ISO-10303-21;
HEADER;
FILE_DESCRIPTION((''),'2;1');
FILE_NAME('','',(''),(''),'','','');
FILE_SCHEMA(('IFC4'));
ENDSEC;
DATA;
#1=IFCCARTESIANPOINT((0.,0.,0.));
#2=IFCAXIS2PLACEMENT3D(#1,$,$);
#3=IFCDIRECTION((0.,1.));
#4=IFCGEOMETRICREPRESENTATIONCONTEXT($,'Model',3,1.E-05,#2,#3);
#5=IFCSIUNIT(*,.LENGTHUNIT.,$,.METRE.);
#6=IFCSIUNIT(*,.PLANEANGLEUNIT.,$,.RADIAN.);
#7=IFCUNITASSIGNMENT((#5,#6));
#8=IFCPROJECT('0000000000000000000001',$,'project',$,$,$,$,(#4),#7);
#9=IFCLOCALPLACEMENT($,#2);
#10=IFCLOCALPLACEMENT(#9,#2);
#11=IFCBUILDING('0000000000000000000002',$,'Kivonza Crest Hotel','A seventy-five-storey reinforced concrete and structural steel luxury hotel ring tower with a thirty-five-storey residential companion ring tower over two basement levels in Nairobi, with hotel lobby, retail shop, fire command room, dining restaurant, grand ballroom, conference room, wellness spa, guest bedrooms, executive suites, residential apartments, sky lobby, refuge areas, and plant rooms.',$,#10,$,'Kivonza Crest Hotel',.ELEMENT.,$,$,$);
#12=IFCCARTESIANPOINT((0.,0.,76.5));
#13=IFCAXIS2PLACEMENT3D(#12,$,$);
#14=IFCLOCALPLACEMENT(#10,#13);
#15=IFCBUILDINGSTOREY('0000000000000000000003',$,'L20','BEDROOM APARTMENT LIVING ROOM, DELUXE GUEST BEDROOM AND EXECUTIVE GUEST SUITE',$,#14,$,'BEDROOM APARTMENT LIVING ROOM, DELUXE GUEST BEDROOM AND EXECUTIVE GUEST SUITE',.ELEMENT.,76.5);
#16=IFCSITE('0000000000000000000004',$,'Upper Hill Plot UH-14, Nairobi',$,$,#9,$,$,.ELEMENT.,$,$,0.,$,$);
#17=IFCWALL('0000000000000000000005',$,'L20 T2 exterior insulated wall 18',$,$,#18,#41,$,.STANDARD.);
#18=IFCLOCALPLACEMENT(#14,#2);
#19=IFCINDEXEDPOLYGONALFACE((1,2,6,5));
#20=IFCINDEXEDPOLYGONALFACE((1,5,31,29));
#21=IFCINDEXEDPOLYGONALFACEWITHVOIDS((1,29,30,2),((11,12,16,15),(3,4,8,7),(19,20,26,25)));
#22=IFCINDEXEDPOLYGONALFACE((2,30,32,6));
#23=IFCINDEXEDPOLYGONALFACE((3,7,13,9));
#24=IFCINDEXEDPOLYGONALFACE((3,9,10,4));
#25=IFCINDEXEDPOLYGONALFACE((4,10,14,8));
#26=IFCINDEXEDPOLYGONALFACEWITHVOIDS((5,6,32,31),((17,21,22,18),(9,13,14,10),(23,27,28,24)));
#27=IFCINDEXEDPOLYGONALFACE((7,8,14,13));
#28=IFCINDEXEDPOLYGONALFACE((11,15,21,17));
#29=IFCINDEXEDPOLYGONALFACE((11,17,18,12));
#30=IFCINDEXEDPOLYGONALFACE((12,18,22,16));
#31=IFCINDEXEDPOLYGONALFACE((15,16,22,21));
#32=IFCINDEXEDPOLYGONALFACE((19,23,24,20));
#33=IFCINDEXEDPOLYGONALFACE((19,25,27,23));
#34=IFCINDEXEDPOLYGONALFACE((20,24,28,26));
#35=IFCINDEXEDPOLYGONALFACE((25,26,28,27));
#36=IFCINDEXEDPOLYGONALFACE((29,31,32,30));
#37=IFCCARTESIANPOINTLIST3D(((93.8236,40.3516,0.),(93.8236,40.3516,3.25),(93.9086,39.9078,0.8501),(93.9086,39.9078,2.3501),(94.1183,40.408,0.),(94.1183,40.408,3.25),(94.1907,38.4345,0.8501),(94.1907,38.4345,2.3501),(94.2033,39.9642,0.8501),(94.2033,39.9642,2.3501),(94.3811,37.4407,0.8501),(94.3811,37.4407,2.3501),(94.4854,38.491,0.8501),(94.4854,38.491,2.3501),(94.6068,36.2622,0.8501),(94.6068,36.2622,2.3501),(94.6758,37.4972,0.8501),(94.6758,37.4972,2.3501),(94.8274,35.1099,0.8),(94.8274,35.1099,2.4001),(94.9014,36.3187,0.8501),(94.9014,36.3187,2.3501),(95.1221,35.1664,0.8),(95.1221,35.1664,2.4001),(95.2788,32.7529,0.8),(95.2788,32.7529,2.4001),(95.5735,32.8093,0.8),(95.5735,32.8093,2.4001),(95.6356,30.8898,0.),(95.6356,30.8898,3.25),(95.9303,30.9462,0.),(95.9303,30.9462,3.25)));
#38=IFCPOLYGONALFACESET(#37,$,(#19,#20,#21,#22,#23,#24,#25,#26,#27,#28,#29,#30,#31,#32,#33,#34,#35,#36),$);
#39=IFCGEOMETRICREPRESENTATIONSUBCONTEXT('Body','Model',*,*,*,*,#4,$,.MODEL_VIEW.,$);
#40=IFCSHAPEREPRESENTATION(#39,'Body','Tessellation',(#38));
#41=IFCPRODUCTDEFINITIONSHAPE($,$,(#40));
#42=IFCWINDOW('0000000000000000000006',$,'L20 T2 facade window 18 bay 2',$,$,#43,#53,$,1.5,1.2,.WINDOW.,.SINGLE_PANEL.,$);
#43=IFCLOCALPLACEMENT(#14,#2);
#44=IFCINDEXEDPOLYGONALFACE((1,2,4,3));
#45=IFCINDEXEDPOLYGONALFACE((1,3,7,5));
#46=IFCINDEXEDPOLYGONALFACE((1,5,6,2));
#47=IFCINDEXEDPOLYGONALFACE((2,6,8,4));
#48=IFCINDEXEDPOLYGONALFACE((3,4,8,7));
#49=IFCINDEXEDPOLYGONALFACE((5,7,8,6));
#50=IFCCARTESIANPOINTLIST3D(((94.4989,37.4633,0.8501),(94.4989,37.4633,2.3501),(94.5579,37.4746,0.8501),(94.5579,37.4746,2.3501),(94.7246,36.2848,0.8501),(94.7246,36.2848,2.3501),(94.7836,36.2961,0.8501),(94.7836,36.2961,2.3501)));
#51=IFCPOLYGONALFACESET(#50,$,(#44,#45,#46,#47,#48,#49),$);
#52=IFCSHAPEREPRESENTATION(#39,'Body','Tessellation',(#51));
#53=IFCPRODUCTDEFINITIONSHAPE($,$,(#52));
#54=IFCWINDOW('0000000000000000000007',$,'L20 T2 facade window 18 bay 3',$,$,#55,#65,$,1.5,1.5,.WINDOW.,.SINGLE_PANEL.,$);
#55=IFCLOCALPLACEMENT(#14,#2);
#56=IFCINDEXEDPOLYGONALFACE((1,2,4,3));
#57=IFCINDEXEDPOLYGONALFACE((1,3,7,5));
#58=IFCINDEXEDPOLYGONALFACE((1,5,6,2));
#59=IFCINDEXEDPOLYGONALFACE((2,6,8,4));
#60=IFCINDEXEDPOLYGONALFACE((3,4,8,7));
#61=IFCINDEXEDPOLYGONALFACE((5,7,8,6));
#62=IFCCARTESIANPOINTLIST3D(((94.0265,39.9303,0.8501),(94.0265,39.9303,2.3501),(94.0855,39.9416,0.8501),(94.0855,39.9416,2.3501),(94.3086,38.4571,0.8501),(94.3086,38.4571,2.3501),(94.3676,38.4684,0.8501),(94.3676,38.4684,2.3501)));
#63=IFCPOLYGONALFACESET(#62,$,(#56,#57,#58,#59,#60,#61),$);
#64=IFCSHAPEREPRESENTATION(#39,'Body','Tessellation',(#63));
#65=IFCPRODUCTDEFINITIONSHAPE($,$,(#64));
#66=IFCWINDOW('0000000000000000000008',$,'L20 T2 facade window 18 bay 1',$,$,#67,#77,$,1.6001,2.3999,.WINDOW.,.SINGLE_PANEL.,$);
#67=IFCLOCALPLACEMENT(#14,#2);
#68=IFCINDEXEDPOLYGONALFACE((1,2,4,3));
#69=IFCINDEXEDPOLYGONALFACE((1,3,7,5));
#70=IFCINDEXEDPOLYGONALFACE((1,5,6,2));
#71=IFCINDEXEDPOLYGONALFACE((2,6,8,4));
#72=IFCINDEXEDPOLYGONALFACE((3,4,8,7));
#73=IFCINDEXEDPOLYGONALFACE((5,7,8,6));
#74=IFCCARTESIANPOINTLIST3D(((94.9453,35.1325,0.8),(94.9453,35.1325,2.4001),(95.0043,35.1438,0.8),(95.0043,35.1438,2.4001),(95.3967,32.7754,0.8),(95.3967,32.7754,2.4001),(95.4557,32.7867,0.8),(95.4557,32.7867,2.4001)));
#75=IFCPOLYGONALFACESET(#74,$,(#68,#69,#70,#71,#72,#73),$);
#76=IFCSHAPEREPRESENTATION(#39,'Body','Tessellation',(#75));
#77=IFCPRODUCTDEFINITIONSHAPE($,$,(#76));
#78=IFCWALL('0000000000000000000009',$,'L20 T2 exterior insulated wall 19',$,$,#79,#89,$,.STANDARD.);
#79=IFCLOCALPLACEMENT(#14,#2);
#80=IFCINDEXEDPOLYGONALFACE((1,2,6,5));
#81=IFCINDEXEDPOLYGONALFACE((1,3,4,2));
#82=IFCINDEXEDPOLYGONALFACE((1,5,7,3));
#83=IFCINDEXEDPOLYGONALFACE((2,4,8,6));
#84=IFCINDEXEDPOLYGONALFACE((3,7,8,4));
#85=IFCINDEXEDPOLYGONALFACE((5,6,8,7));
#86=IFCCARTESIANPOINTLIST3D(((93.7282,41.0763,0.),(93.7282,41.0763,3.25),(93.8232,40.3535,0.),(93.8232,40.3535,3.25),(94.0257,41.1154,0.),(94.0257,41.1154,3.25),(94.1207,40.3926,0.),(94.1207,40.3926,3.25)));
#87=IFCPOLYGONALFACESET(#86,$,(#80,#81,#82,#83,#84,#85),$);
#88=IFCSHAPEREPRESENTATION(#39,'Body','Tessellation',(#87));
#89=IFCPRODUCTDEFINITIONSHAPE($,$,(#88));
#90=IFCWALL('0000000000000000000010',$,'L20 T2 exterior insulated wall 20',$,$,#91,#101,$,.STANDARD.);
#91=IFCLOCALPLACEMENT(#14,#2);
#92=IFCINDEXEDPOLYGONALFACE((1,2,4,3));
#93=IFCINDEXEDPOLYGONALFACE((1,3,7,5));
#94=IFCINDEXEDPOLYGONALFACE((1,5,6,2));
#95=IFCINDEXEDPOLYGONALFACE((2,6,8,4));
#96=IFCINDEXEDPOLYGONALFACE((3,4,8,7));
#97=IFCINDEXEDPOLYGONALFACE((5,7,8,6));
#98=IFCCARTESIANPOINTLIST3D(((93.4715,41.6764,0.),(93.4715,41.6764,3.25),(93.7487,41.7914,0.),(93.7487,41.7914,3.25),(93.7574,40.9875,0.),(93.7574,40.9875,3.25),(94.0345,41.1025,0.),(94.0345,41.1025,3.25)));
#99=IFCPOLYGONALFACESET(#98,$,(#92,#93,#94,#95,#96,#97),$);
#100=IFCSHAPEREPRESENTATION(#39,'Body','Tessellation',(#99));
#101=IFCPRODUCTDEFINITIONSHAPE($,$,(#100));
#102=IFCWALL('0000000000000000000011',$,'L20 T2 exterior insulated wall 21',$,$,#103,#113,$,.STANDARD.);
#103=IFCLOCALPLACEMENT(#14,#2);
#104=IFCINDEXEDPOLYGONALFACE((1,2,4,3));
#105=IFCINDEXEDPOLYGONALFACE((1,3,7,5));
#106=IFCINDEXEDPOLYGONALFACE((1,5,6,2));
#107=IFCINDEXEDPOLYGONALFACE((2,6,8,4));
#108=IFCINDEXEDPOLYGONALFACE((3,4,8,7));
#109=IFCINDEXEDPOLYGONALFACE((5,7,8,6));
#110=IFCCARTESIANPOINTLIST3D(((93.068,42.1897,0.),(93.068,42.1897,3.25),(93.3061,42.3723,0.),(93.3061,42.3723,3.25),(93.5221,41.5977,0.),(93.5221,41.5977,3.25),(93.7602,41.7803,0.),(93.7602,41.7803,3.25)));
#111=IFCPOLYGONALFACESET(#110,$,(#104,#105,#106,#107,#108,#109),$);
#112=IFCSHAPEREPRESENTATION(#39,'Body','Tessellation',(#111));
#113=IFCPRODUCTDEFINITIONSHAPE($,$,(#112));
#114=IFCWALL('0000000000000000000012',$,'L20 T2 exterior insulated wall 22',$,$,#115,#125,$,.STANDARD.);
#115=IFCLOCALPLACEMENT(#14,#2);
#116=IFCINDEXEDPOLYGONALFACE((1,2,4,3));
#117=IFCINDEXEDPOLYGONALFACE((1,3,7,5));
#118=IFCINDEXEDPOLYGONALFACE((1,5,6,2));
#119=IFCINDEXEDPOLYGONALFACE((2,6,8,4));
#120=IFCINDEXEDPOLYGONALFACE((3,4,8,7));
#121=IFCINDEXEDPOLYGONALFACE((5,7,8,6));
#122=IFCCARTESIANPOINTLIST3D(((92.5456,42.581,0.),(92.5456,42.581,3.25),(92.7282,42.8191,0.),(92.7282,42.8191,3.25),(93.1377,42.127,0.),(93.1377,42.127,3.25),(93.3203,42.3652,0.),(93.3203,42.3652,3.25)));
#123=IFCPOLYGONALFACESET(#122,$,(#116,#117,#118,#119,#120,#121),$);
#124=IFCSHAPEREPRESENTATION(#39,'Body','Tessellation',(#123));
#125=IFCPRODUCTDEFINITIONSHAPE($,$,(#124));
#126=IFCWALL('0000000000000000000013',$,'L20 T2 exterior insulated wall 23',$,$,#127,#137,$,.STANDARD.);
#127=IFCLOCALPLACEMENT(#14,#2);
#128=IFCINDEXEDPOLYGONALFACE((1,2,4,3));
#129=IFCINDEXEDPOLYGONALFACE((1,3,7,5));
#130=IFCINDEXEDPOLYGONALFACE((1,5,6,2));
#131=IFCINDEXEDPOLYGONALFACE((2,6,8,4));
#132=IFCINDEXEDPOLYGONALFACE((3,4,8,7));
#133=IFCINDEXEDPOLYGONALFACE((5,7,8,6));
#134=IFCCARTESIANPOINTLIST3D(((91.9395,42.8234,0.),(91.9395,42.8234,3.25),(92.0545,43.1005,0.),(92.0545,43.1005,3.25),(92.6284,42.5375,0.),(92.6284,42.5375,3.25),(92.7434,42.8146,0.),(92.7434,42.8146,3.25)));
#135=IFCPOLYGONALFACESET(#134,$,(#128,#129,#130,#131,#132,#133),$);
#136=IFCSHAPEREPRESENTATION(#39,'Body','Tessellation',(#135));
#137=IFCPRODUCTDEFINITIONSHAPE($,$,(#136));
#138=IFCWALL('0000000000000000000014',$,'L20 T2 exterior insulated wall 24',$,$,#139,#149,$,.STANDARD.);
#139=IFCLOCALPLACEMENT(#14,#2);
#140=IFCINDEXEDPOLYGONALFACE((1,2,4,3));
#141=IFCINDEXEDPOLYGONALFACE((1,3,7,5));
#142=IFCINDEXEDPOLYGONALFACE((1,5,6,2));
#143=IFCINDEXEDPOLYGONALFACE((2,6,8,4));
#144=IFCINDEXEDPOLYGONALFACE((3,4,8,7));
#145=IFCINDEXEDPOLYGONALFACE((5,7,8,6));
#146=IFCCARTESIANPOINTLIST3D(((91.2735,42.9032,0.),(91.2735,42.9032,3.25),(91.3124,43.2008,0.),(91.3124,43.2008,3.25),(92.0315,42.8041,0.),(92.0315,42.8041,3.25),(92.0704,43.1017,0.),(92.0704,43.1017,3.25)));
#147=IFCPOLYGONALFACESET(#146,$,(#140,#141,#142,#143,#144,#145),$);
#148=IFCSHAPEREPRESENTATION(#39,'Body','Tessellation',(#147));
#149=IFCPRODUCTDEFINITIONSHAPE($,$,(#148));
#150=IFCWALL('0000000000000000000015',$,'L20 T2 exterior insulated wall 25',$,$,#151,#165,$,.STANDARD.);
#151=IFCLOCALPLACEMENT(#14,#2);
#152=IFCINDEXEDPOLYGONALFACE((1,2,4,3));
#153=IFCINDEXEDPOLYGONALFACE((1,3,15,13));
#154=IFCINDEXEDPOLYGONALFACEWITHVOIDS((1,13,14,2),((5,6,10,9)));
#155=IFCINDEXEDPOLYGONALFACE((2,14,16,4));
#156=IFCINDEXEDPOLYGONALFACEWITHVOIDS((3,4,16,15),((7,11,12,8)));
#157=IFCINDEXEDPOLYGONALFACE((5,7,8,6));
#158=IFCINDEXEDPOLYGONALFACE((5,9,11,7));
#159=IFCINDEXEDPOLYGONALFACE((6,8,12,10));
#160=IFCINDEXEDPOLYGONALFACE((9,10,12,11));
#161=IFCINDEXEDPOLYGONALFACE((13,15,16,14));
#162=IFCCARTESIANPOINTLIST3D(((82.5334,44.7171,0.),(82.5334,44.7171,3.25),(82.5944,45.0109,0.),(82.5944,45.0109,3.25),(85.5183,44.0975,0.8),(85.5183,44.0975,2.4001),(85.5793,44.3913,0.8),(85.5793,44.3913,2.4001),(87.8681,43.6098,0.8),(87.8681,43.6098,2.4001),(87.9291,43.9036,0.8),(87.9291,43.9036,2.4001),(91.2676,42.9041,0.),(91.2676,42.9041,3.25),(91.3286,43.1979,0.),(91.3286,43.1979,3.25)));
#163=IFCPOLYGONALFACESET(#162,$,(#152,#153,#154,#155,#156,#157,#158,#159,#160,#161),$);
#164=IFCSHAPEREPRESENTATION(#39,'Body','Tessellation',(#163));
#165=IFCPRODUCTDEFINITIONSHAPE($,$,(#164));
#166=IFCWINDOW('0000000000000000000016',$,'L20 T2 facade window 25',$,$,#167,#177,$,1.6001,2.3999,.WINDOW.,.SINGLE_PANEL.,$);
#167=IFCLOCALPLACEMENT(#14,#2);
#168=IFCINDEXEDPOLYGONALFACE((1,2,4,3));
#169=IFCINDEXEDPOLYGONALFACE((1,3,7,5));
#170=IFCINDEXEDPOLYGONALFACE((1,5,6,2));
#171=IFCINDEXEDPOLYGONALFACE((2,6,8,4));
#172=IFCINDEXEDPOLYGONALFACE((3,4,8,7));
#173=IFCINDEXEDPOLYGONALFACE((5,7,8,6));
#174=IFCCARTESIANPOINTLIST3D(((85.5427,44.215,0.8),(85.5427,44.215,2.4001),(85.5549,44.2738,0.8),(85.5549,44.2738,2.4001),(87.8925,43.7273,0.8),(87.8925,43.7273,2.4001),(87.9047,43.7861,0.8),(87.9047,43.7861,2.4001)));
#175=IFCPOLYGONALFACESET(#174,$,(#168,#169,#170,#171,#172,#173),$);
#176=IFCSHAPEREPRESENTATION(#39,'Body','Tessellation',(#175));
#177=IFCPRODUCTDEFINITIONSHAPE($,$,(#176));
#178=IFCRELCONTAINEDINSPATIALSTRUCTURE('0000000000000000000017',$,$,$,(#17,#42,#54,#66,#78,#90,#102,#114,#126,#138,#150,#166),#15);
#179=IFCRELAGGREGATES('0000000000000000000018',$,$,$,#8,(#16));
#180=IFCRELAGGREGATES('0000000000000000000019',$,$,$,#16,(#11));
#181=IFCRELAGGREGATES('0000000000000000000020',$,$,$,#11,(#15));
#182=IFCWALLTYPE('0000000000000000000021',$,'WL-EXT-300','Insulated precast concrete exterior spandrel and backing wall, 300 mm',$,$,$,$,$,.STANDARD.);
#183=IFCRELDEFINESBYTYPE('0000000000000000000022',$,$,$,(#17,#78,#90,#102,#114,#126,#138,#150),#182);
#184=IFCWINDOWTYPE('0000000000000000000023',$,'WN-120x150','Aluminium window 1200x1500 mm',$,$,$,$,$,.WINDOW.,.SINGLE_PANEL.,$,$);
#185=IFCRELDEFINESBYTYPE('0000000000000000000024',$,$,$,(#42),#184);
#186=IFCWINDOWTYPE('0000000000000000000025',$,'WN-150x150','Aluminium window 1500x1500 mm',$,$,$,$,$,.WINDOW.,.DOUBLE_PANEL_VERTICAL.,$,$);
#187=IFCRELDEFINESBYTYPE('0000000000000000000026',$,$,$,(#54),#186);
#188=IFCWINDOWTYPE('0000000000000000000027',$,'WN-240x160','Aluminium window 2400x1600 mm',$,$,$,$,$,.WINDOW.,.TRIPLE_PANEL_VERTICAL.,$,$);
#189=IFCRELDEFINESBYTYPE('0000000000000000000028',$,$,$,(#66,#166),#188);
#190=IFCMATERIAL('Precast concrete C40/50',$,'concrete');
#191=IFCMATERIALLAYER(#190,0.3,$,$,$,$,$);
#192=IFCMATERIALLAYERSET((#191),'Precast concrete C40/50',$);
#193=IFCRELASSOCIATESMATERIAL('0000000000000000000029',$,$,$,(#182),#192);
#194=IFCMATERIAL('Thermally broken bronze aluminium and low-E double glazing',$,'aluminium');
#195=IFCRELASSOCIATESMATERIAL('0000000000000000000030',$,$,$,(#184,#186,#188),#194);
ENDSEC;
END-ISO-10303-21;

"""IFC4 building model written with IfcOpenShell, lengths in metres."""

from ifc_helpers import new_model, si_unit, direction, frame, frame_2d, origin, place, context, subcontext, project, spatial, rectangle, extrude, material, layer, layer_set, type_object, element, fill, save


model = new_model("IFC4")

# Units and contexts
model_context = context("Model", 3, precision=1e-05, world=origin(), true_north=direction((0.0, 1.0)))
body_context = subcontext(model_context, "Body", "Model", "MODEL_VIEW")
ifc_project = project(units=[si_unit("LENGTHUNIT", "METRE"), si_unit("PLANEANGLEUNIT", "RADIAN")], contexts=[model_context])

# Site, building, storey
site_placement = place(None, origin())
site = spatial("IfcSite", under=ifc_project, at=site_placement, Name="Upper Hill Plot UH-14, Nairobi", CompositionType="ELEMENT", RefElevation=0.0)
building_placement = place(site_placement, origin())
building = spatial("IfcBuilding", under=site, at=building_placement, Name="Kivonza Crest Hotel", Description="A seventy-five-storey reinforced concrete and structural steel luxury hotel ring tower with a thirty-five-storey residential companion ring tower over two basement levels in Nairobi, with hotel lobby, retail shop, fire command room, dining restaurant, grand ballroom, conference room, wellness spa, guest bedrooms, executive suites, residential apartments, sky lobby, refuge areas, and plant rooms.", LongName="Kivonza Crest Hotel", CompositionType="ELEMENT")
storey_placement = place(building_placement, frame((0.0, 0.0, 76.5)))
storey = spatial("IfcBuildingStorey", under=building, at=storey_placement, Name="L20", Description="BEDROOM APARTMENT LIVING ROOM, DELUXE GUEST BEDROOM AND EXECUTIVE GUEST SUITE", LongName="BEDROOM APARTMENT LIVING ROOM, DELUXE GUEST BEDROOM AND EXECUTIVE GUEST SUITE", CompositionType="ELEMENT", Elevation=76.5)

# Wall, openings, windows
ifc_material_1 = material(Name="Precast concrete C40/50", Category="concrete")
ifc_layer_1 = layer(ifc_material_1, 0.3)
ifc_layer_set_1 = layer_set([ifc_layer_1], Name="Precast concrete C40/50")
wall_type_1 = type_object("IfcWallType", Name="WL-EXT-300", Description="Insulated precast concrete exterior spandrel and backing wall, 300 mm", PredefinedType="STANDARD", material=ifc_layer_set_1)
wall_1_placement = place(storey_placement, frame((95.783, 30.918, 0.0), z_axis=(0.0, 0.0, 1.0), x_axis=(-0.188088, 0.982152, 0.0)))
wall_1 = element("IfcWall", 1, at=wall_1_placement, inside=storey, type_object=wall_type_1, Name="L20 T2 exterior insulated wall 18", PredefinedType="STANDARD", context=body_context, shape_type="SweptSolid", body=[
    extrude(rectangle(XDim=9.6338, YDim=0.3, at=frame_2d((4.8169, 0.0))), origin(), (0.0, 0.0, 1.0), 3.25),
])
opening_1_placement = place(wall_1_placement, frame((1.897, 0.0, 0.8)))
opening_1 = element("IfcOpeningElement", 2, at=opening_1_placement, cuts=wall_1, PredefinedType="OPENING", context=body_context, shape_type="SweptSolid", body=[
    extrude(rectangle(XDim=2.3999, YDim=1.6001, at=frame_2d((1.2, 0.8))), frame((0.0, 0.1602, 0.0), z_axis=(0.0, -1.0, 0.0), x_axis=(1.0, 0.0, 0.0)), (0.0, 0.0, 1.0), 0.3201),
])
opening_2_placement = place(wall_1_placement, frame((5.47, 0.0, 0.8501)))
opening_2 = element("IfcOpeningElement", 3, at=opening_2_placement, cuts=wall_1, PredefinedType="OPENING", context=body_context, shape_type="SweptSolid", body=[
    extrude(rectangle(XDim=1.2, YDim=1.5, at=frame_2d((0.6001, 0.75))), frame((0.0, 0.1602, 0.0), z_axis=(0.0, -1.0, 0.0), x_axis=(1.0, 0.0, 0.0)), (0.0, 0.0, 1.0), 0.3201),
])
opening_3_placement = place(wall_1_placement, frame((7.6819, 0.0, 0.8501)))
opening_3 = element("IfcOpeningElement", 4, at=opening_3_placement, cuts=wall_1, PredefinedType="OPENING", context=body_context, shape_type="SweptSolid", body=[
    extrude(rectangle(XDim=1.5, YDim=1.5, at=frame_2d((0.75, 0.75))), frame((0.0, 0.1602, 0.0), z_axis=(0.0, -1.0, 0.0), x_axis=(1.0, 0.0, 0.0)), (0.0, 0.0, 1.0), 0.3201),
])
ifc_material_2 = material(Name="Thermally broken bronze aluminium and low-E double glazing", Category="aluminium")
window_type_1 = type_object("IfcWindowType", Name="WN-120x150", Description="Aluminium window 1200x1500 mm", PartitioningType="SINGLE_PANEL", PredefinedType="WINDOW", material=ifc_material_2)
window_1_placement = place(opening_2_placement, origin())
window_1 = element("IfcWindow", 5, at=window_1_placement, inside=storey, type_object=window_type_1, Name="L20 T2 facade window 18 bay 2", OverallHeight=1.5, OverallWidth=1.2, PartitioningType="SINGLE_PANEL", PredefinedType="WINDOW", context=body_context, shape_type="SweptSolid", body=[
    extrude(rectangle(XDim=1.2, YDim=1.5, at=frame_2d((0.6001, 0.75))), frame((0.0, 0.03, 0.0), z_axis=(0.0, -1.0, 0.0), x_axis=(1.0, 0.0, 0.0)), (0.0, 0.0, 1.0), 0.0601),
])
fill(opening_2, window_1)
window_type_2 = type_object("IfcWindowType", Name="WN-150x150", Description="Aluminium window 1500x1500 mm", PartitioningType="DOUBLE_PANEL_VERTICAL", PredefinedType="WINDOW", material=ifc_material_2)
window_2_placement = place(opening_3_placement, origin())
window_2 = element("IfcWindow", 6, at=window_2_placement, inside=storey, type_object=window_type_2, Name="L20 T2 facade window 18 bay 3", OverallHeight=1.5, OverallWidth=1.5, PartitioningType="SINGLE_PANEL", PredefinedType="WINDOW", context=body_context, shape_type="SweptSolid", body=[
    extrude(rectangle(XDim=1.5, YDim=1.5, at=frame_2d((0.75, 0.75))), frame((0.0, 0.03, 0.0), z_axis=(0.0, -1.0, 0.0), x_axis=(1.0, 0.0, 0.0)), (0.0, 0.0, 1.0), 0.0601),
])
fill(opening_3, window_2)
window_type_3 = type_object("IfcWindowType", Name="WN-240x160", Description="Aluminium window 2400x1600 mm", PartitioningType="TRIPLE_PANEL_VERTICAL", PredefinedType="WINDOW", material=ifc_material_2)
window_3_placement = place(opening_1_placement, origin())
window_3 = element("IfcWindow", 7, at=window_3_placement, inside=storey, type_object=window_type_3, Name="L20 T2 facade window 18 bay 1", OverallHeight=1.6001, OverallWidth=2.3999, PartitioningType="SINGLE_PANEL", PredefinedType="WINDOW", context=body_context, shape_type="SweptSolid", body=[
    extrude(rectangle(XDim=2.3999, YDim=1.6001, at=frame_2d((1.2, 0.8))), frame((0.0, 0.03, 0.0), z_axis=(0.0, -1.0, 0.0), x_axis=(1.0, 0.0, 0.0)), (0.0, 0.0, 1.0), 0.0601),
])
fill(opening_1, window_3)

# Walls
wall_2_placement = place(storey_placement, frame((93.9719, 40.373, 0.0), z_axis=(0.0, 0.0, 1.0), x_axis=(-0.130255, 0.99148, 0.0)))
element("IfcWall", 8, at=wall_2_placement, inside=storey, type_object=wall_type_1, Name="L20 T2 exterior insulated wall 19", PredefinedType="STANDARD", context=body_context, shape_type="SweptSolid", body=[
    extrude(rectangle(XDim=0.729, YDim=0.3, at=frame_2d((0.3645, 0.0))), origin(), (0.0, 0.0, 1.0), 3.25),
])
wall_3_placement = place(storey_placement, frame((93.896, 41.0449, 0.0), z_axis=(0.0, 0.0, 1.0), x_axis=(-0.383267, 0.923638, 0.0)))
element("IfcWall", 9, at=wall_3_placement, inside=storey, type_object=wall_type_1, Name="L20 T2 exterior insulated wall 20", PredefinedType="STANDARD", context=body_context, shape_type="SweptSolid", body=[
    extrude(rectangle(XDim=0.7458, YDim=0.3, at=frame_2d((0.373, 0.0))), origin(), (0.0, 0.0, 1.0), 3.25),
])
for number, where, z_axis, x_axis, name in (
    (10, (93.6411, 41.689, 0.0), (0.0, 0.0, 1.0), (-0.608603, 0.793475, 0.0), "L20 T2 exterior insulated wall 21"),
    (11, (93.229, 42.2461, 0.0), (0.0, 0.0, 1.0), (-0.793633, 0.608397, 0.0), "L20 T2 exterior insulated wall 22"),
):
    element("IfcWall", number, at=place(storey_placement, frame(where, z_axis=z_axis, x_axis=x_axis)), inside=storey, type_object=wall_type_1, Name=name, PredefinedType="STANDARD", context=body_context, shape_type="SweptSolid", body=[
        extrude(rectangle(XDim=0.7461, YDim=0.3, at=frame_2d((0.373, 0.0))), origin(), (0.0, 0.0, 1.0), 3.25),
    ])
wall_4_placement = place(storey_placement, frame((92.686, 42.676, 0.0), z_axis=(0.0, 0.0, 1.0), x_axis=(-0.923638, 0.383267, 0.0)))
element("IfcWall", 12, at=wall_4_placement, inside=storey, type_object=wall_type_1, Name="L20 T2 exterior insulated wall 23", PredefinedType="STANDARD", context=body_context, shape_type="SweptSolid", body=[
    extrude(rectangle(XDim=0.7458, YDim=0.3, at=frame_2d((0.373, 0.0))), origin(), (0.0, 0.0, 1.0), 3.25),
])
wall_5_placement = place(storey_placement, frame((92.051, 42.9529, 0.0), z_axis=(0.0, 0.0, 1.0), x_axis=(-0.991559, 0.129653, 0.0)))
element("IfcWall", 13, at=wall_5_placement, inside=storey, type_object=wall_type_1, Name="L20 T2 exterior insulated wall 24", PredefinedType="STANDARD", context=body_context, shape_type="SweptSolid", body=[
    extrude(rectangle(XDim=0.7644, YDim=0.3, at=frame_2d((0.3823, 0.0))), origin(), (0.0, 0.0, 1.0), 3.25),
])

# Wall, opening, window
wall_6_placement = place(storey_placement, frame((91.2981, 43.051, 0.0), z_axis=(0.0, 0.0, 1.0), x_axis=(-0.979128, 0.203243, 0.0)))
wall_6 = element("IfcWall", 14, at=wall_6_placement, inside=storey, type_object=wall_type_1, Name="L20 T2 exterior insulated wall 25", PredefinedType="STANDARD", context=body_context, shape_type="SweptSolid", body=[
    extrude(rectangle(XDim=8.9204, YDim=0.3, at=frame_2d((4.4602, 0.0))), origin(), (0.0, 0.0, 1.0), 3.25),
])
opening_4_placement = place(wall_6_placement, frame((3.4719, 0.0, 0.8)))
opening_4 = element("IfcOpeningElement", 15, at=opening_4_placement, cuts=wall_6, PredefinedType="OPENING", context=body_context, shape_type="SweptSolid", body=[
    extrude(rectangle(XDim=2.3999, YDim=1.6001, at=frame_2d((1.2, 0.8))), frame((0.0, 0.1602, 0.0), z_axis=(0.0, -1.0, 0.0), x_axis=(1.0, 0.0, 0.0)), (0.0, 0.0, 1.0), 0.3201),
])
window_4_placement = place(opening_4_placement, origin())
window_4 = element("IfcWindow", 16, at=window_4_placement, inside=storey, type_object=window_type_3, Name="L20 T2 facade window 25", OverallHeight=1.6001, OverallWidth=2.3999, PartitioningType="SINGLE_PANEL", PredefinedType="WINDOW", context=body_context, shape_type="SweptSolid", body=[
    extrude(rectangle(XDim=2.3999, YDim=1.6001, at=frame_2d((1.2, 0.8))), frame((0.0, 0.03, 0.0), z_axis=(0.0, -1.0, 0.0), x_axis=(1.0, 0.0, 0.0)), (0.0, 0.0, 1.0), 0.0601),
])
fill(opening_4, window_4)

save(model, "model.ifc")
